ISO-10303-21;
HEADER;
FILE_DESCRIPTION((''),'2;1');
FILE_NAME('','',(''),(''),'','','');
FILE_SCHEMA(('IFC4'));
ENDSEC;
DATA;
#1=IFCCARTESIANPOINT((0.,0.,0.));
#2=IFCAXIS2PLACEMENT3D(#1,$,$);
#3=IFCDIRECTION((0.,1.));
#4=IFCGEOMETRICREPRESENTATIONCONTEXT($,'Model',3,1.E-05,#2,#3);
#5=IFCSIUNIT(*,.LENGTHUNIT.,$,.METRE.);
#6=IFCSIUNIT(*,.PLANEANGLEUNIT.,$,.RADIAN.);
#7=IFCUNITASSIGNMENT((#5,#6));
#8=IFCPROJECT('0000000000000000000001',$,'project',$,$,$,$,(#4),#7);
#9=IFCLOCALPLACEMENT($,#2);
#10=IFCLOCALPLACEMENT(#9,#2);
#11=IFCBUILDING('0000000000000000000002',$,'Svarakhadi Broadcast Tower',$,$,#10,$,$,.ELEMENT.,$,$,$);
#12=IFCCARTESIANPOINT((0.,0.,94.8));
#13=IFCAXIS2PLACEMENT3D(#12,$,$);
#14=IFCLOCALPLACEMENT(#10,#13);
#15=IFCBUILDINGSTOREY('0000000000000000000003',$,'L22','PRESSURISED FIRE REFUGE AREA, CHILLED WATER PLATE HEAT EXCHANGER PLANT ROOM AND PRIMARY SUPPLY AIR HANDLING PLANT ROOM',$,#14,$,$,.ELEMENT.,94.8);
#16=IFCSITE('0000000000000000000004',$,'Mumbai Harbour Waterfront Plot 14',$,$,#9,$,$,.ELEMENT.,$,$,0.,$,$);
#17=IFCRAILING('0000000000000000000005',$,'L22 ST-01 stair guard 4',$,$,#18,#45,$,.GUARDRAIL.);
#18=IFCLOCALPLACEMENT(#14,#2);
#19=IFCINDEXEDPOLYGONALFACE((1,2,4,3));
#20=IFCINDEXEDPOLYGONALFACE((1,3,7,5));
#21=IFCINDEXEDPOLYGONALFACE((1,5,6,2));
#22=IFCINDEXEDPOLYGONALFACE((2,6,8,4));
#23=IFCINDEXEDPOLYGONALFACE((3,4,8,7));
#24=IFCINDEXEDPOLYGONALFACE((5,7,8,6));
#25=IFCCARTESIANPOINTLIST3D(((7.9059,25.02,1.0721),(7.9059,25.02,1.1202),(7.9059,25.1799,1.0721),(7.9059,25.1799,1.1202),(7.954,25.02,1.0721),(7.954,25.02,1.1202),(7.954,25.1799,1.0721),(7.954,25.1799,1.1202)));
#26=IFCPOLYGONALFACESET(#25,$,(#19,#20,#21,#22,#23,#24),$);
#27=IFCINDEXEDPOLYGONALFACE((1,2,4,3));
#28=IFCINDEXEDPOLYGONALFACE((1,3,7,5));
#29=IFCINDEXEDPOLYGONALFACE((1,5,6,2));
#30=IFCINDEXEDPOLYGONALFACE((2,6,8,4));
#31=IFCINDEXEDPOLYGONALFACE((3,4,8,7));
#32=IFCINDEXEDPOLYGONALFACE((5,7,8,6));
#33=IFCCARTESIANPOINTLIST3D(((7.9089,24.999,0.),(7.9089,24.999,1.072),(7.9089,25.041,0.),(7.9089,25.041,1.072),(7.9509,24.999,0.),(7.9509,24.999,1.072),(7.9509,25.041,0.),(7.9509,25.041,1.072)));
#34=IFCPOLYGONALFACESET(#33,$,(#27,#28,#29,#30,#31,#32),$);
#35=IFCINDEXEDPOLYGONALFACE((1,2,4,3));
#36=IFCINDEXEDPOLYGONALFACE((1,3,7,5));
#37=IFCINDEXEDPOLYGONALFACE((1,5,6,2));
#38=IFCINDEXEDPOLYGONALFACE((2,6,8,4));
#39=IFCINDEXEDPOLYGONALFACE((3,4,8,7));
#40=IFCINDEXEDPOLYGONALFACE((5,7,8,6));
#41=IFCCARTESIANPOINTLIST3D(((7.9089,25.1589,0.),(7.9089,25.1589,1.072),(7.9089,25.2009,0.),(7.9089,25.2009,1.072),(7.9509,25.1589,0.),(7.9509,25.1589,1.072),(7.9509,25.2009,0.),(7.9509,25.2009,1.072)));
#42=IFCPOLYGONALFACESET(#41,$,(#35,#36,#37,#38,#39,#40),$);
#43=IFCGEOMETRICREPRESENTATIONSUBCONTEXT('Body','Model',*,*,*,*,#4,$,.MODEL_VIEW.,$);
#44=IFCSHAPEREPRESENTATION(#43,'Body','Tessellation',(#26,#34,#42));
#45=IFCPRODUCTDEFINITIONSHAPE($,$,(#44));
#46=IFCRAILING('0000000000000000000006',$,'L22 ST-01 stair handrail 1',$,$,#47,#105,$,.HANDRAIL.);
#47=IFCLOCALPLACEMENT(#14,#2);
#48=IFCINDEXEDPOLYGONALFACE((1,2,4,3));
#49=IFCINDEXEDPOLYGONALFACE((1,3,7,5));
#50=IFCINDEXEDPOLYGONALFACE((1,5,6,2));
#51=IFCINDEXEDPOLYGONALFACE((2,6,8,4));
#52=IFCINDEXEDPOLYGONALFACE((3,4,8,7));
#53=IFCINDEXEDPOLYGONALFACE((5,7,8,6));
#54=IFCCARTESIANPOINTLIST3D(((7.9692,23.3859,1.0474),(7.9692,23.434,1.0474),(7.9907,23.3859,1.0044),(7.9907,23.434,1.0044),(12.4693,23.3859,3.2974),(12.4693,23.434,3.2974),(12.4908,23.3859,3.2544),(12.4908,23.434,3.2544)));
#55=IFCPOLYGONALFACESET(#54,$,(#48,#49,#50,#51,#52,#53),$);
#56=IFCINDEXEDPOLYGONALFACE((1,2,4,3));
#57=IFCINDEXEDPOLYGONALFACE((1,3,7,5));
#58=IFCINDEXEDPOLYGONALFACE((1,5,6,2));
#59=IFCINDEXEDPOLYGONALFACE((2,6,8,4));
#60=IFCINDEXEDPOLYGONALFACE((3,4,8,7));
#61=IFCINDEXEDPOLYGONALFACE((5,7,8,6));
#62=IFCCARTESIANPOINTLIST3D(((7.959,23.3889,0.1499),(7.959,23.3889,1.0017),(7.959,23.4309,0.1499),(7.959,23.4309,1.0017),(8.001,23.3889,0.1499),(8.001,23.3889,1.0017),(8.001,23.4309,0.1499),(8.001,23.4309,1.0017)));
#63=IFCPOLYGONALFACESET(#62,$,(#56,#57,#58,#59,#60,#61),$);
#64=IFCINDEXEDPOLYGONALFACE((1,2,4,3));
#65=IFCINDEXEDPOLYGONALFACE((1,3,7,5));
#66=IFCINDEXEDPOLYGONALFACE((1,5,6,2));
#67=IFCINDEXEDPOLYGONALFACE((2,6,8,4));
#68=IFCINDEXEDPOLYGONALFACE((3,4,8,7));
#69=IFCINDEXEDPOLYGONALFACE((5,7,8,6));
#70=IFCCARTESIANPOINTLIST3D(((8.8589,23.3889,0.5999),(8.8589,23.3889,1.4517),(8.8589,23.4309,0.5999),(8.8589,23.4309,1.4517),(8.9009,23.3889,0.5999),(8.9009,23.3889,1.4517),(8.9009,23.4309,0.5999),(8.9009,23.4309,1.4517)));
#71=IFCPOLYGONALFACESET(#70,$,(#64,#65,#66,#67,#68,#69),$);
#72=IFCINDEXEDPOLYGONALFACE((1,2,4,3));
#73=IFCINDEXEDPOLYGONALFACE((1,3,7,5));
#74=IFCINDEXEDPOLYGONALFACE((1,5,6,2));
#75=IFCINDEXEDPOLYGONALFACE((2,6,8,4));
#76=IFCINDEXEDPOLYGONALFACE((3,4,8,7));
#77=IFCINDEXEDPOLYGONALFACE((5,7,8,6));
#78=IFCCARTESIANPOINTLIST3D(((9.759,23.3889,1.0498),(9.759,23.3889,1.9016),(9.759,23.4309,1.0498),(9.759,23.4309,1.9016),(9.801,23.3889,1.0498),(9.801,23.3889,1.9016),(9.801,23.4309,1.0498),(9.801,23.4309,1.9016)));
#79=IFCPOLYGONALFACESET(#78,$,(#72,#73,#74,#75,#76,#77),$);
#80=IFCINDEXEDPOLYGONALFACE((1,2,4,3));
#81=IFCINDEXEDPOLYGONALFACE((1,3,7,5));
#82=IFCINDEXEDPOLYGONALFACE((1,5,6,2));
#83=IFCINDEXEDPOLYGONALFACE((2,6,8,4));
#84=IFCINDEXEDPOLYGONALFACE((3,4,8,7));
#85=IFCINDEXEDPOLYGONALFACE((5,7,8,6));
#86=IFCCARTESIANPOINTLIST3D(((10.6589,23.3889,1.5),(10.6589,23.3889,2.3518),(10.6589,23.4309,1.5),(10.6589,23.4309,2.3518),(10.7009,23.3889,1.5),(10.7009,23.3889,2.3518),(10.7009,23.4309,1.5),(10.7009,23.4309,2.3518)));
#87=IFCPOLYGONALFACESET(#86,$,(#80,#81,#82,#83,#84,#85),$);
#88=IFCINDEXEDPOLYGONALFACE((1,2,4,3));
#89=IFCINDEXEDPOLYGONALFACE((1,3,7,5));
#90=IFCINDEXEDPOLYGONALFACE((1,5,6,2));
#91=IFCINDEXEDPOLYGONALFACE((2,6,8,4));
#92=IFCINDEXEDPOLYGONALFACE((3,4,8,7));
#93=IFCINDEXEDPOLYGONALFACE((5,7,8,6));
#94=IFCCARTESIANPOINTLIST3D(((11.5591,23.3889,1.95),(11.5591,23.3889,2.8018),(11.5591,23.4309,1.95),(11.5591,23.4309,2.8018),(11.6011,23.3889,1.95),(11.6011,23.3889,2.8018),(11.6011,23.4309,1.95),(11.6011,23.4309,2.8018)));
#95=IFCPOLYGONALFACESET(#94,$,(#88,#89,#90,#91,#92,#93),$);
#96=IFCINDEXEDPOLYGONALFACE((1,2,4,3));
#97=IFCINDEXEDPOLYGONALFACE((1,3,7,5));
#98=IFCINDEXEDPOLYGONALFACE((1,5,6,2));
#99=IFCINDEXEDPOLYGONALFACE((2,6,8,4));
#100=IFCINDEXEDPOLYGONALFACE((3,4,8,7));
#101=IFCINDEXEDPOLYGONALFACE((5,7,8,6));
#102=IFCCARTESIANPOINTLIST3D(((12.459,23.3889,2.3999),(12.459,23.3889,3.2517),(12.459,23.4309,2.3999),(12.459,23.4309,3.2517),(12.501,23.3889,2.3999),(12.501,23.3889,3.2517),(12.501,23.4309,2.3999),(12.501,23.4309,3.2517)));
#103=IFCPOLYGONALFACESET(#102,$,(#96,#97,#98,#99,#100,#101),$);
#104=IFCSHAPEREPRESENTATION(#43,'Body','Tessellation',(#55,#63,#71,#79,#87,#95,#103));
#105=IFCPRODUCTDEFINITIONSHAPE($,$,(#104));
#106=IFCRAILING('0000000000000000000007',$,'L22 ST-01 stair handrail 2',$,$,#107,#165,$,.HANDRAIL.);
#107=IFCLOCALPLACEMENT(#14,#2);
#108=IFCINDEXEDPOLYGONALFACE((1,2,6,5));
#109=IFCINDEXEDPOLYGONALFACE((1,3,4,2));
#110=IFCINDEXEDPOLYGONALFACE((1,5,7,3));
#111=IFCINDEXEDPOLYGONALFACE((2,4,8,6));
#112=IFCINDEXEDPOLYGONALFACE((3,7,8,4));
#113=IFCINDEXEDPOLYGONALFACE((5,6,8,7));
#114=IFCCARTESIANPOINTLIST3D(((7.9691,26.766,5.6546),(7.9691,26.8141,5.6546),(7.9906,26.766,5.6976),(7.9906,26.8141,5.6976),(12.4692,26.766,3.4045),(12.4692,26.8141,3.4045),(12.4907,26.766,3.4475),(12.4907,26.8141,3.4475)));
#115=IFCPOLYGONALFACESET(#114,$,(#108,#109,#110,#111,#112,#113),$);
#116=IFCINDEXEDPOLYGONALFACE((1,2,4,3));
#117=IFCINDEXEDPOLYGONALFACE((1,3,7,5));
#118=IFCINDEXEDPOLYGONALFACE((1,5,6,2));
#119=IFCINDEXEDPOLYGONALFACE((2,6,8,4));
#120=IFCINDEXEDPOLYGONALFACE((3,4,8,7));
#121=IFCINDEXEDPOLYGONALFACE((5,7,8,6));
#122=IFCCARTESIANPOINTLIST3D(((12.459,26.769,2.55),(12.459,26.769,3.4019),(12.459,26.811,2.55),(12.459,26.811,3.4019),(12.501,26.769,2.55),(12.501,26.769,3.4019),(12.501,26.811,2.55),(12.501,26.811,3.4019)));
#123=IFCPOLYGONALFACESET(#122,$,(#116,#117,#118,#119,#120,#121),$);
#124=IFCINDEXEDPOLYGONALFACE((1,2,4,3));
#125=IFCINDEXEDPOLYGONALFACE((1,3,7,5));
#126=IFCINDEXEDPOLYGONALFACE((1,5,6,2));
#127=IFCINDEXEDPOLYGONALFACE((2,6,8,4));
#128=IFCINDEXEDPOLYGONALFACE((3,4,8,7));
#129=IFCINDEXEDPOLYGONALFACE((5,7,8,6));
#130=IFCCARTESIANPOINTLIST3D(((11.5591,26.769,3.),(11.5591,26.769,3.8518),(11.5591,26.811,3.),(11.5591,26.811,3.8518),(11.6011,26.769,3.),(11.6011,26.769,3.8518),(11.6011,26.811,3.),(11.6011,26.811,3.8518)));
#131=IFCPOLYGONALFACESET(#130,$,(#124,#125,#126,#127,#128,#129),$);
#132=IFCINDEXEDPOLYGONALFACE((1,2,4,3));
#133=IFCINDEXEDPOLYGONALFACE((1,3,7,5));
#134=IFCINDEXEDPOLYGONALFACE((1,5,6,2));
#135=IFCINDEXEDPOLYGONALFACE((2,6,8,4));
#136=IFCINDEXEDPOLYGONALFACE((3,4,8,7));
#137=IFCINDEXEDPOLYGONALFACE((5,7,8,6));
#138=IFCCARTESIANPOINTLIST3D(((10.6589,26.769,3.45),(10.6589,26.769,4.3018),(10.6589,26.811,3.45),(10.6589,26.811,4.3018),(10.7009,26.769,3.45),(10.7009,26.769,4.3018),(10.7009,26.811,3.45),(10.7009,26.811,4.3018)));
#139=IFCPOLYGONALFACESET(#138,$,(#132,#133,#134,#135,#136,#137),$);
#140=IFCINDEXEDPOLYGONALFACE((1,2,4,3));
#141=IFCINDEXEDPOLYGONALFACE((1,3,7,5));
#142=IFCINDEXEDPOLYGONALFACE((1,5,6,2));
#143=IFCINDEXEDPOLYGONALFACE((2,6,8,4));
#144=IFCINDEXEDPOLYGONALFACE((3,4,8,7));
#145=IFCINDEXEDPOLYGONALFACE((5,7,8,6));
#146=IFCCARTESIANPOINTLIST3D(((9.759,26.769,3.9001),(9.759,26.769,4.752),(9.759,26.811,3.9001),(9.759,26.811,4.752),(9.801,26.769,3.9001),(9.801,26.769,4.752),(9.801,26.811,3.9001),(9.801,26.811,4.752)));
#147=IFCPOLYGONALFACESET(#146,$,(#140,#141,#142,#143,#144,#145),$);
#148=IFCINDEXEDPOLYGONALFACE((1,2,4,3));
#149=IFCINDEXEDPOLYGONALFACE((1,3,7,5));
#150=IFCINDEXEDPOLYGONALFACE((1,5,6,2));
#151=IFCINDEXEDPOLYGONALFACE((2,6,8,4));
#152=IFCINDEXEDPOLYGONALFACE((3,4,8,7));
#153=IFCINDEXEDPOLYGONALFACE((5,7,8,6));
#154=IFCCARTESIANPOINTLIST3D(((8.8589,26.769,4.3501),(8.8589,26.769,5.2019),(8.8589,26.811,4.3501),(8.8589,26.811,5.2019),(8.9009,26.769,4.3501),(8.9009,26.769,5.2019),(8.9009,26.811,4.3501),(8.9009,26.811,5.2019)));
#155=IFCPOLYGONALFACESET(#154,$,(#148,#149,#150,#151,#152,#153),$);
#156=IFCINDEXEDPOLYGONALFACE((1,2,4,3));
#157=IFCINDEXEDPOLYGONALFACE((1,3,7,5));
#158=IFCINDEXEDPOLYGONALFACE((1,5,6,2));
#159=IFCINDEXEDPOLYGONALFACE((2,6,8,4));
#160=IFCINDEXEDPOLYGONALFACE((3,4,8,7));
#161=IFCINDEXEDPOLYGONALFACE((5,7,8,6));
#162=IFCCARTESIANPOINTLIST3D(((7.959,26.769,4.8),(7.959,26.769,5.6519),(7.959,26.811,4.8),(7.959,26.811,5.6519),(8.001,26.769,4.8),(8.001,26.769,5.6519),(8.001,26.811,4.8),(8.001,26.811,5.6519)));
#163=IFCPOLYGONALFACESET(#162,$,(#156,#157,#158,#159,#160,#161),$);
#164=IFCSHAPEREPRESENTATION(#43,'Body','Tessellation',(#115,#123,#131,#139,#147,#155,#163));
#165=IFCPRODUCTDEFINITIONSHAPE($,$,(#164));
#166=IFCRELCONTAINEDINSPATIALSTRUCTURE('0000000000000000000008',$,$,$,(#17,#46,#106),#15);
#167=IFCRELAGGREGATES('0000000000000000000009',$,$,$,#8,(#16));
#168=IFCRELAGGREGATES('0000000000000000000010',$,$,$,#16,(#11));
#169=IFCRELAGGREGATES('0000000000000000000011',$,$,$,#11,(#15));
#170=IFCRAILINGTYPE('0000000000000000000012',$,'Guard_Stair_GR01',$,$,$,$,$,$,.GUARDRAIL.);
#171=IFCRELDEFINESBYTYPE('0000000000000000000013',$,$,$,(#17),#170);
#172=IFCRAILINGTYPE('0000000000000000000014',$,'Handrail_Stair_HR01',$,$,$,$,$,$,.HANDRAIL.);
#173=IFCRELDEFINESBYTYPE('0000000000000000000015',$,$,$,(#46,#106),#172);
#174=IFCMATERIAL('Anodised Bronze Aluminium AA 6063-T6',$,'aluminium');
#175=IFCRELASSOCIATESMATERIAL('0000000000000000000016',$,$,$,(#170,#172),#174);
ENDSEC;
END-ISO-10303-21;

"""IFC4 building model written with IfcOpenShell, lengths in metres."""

from ifc_helpers import new_model, si_unit, direction, frame, origin, origin_2d, place, context, subcontext, project, spatial, rectangle, extrude, material, type_object, element, save


model = new_model("IFC4")

# Units and contexts
model_context = context("Model", 3, precision=1e-05, world=origin(), true_north=direction((0.0, 1.0)))
body_context = subcontext(model_context, "Body", "Model", "MODEL_VIEW")
ifc_project = project(units=[si_unit("LENGTHUNIT", "METRE"), si_unit("PLANEANGLEUNIT", "RADIAN")], contexts=[model_context])

# Site, building, storey
site_placement = place(None, origin())
site = spatial("IfcSite", under=ifc_project, at=site_placement, Name="Mumbai Harbour Waterfront Plot 14", CompositionType="ELEMENT", RefElevation=0.0)
building_placement = place(site_placement, origin())
building = spatial("IfcBuilding", under=site, at=building_placement, Name="Svarakhadi Broadcast Tower", CompositionType="ELEMENT")
storey_placement = place(building_placement, frame((0.0, 0.0, 94.8)))
storey = spatial("IfcBuildingStorey", under=building, at=storey_placement, Name="L22", Description="PRESSURISED FIRE REFUGE AREA, CHILLED WATER PLATE HEAT EXCHANGER PLANT ROOM AND PRIMARY SUPPLY AIR HANDLING PLANT ROOM", CompositionType="ELEMENT", Elevation=94.8)

# Railings
ifc_material_1 = material(Name="Anodised Bronze Aluminium AA 6063-T6", Category="aluminium")
railing_type_1 = type_object("IfcRailingType", Name="Guard_Stair_GR01", PredefinedType="GUARDRAIL", material=ifc_material_1)
railing_1_placement = place(storey_placement, frame((7.9299, 25.02, 0.0)))
element("IfcRailing", 1, at=railing_1_placement, inside=storey, type_object=railing_type_1, Name="L22 ST-01 stair guard 4", PredefinedType="GUARDRAIL", context=body_context, shape_type="SweptSolid", body=[
    extrude(rectangle(XDim=0.0481, YDim=0.0481, at=origin_2d()), frame((0.0, 0.0, 1.0962), z_axis=(0.0, 1.0, 0.0), x_axis=(-1.0, 0.0, 0.0)), (0.0, 0.0, 1.0), 0.1599),
    extrude(rectangle(XDim=0.042, YDim=0.042, at=origin_2d()), origin(), (0.0, 0.0, 1.0), 1.072),
    extrude(rectangle(XDim=0.042, YDim=0.042, at=origin_2d()), frame((0.0, 0.1599, 0.0)), (0.0, 0.0, 1.0), 1.072),
])
railing_type_2 = type_object("IfcRailingType", Name="Handrail_Stair_HR01", PredefinedType="HANDRAIL", material=ifc_material_1)
railing_2_placement = place(storey_placement, frame((7.98, 23.4099, 0.1499)))
element("IfcRailing", 2, at=railing_2_placement, inside=storey, type_object=railing_type_2, Name="L22 ST-01 stair handrail 1", PredefinedType="HANDRAIL", context=body_context, shape_type="SweptSolid", body=[
    extrude(rectangle(XDim=0.0481, YDim=0.0481, at=origin_2d()), frame((0.0, 0.0, 0.876), z_axis=(0.894427, 0.0, 0.447214), x_axis=(0.0, 1.0, 0.0)), (0.0, 0.0, 1.0), 5.0312),
    extrude(rectangle(XDim=0.042, YDim=0.042, at=origin_2d()), origin(), (0.0, 0.0, 1.0), 0.8518),
    extrude(rectangle(XDim=0.042, YDim=0.042, at=origin_2d()), frame((0.8999, 0.0, 0.45)), (0.0, 0.0, 1.0), 0.8518),
    extrude(rectangle(XDim=0.042, YDim=0.042, at=origin_2d()), frame((1.8, 0.0, 0.8999)), (0.0, 0.0, 1.0), 0.8518),
    extrude(rectangle(XDim=0.042, YDim=0.042, at=origin_2d()), frame((2.7, 0.0, 1.3501)), (0.0, 0.0, 1.0), 0.8518),
    extrude(rectangle(XDim=0.042, YDim=0.042, at=origin_2d()), frame((3.6001, 0.0, 1.8)), (0.0, 0.0, 1.0), 0.8518),
    extrude(rectangle(XDim=0.042, YDim=0.042, at=origin_2d()), frame((4.5, 0.0, 2.25)), (0.0, 0.0, 1.0), 0.8518),
])
railing_3_placement = place(storey_placement, frame((12.48, 26.79, 2.55)))
element("IfcRailing", 3, at=railing_3_placement, inside=storey, type_object=railing_type_2, Name="L22 ST-01 stair handrail 2", PredefinedType="HANDRAIL", context=body_context, shape_type="SweptSolid", body=[
    extrude(rectangle(XDim=0.0481, YDim=0.0481, at=origin_2d()), frame((0.0, 0.0, 0.876), z_axis=(-0.894427, 0.0, 0.447214), x_axis=(0.0, -1.0, 0.0)), (0.0, 0.0, 1.0), 5.0312),
    extrude(rectangle(XDim=0.042, YDim=0.042, at=origin_2d()), origin(), (0.0, 0.0, 1.0), 0.8518),
    extrude(rectangle(XDim=0.042, YDim=0.042, at=origin_2d()), frame((-0.8999, 0.0, 0.45)), (0.0, 0.0, 1.0), 0.8518),
    extrude(rectangle(XDim=0.042, YDim=0.042, at=origin_2d()), frame((-1.8, 0.0, 0.8999)), (0.0, 0.0, 1.0), 0.8518),
    extrude(rectangle(XDim=0.042, YDim=0.042, at=origin_2d()), frame((-2.7, 0.0, 1.3501)), (0.0, 0.0, 1.0), 0.8518),
    extrude(rectangle(XDim=0.042, YDim=0.042, at=origin_2d()), frame((-3.6001, 0.0, 1.8)), (0.0, 0.0, 1.0), 0.8518),
    extrude(rectangle(XDim=0.042, YDim=0.042, at=origin_2d()), frame((-4.5, 0.0, 2.25)), (0.0, 0.0, 1.0), 0.8518),
])

save(model, "model.ifc")
